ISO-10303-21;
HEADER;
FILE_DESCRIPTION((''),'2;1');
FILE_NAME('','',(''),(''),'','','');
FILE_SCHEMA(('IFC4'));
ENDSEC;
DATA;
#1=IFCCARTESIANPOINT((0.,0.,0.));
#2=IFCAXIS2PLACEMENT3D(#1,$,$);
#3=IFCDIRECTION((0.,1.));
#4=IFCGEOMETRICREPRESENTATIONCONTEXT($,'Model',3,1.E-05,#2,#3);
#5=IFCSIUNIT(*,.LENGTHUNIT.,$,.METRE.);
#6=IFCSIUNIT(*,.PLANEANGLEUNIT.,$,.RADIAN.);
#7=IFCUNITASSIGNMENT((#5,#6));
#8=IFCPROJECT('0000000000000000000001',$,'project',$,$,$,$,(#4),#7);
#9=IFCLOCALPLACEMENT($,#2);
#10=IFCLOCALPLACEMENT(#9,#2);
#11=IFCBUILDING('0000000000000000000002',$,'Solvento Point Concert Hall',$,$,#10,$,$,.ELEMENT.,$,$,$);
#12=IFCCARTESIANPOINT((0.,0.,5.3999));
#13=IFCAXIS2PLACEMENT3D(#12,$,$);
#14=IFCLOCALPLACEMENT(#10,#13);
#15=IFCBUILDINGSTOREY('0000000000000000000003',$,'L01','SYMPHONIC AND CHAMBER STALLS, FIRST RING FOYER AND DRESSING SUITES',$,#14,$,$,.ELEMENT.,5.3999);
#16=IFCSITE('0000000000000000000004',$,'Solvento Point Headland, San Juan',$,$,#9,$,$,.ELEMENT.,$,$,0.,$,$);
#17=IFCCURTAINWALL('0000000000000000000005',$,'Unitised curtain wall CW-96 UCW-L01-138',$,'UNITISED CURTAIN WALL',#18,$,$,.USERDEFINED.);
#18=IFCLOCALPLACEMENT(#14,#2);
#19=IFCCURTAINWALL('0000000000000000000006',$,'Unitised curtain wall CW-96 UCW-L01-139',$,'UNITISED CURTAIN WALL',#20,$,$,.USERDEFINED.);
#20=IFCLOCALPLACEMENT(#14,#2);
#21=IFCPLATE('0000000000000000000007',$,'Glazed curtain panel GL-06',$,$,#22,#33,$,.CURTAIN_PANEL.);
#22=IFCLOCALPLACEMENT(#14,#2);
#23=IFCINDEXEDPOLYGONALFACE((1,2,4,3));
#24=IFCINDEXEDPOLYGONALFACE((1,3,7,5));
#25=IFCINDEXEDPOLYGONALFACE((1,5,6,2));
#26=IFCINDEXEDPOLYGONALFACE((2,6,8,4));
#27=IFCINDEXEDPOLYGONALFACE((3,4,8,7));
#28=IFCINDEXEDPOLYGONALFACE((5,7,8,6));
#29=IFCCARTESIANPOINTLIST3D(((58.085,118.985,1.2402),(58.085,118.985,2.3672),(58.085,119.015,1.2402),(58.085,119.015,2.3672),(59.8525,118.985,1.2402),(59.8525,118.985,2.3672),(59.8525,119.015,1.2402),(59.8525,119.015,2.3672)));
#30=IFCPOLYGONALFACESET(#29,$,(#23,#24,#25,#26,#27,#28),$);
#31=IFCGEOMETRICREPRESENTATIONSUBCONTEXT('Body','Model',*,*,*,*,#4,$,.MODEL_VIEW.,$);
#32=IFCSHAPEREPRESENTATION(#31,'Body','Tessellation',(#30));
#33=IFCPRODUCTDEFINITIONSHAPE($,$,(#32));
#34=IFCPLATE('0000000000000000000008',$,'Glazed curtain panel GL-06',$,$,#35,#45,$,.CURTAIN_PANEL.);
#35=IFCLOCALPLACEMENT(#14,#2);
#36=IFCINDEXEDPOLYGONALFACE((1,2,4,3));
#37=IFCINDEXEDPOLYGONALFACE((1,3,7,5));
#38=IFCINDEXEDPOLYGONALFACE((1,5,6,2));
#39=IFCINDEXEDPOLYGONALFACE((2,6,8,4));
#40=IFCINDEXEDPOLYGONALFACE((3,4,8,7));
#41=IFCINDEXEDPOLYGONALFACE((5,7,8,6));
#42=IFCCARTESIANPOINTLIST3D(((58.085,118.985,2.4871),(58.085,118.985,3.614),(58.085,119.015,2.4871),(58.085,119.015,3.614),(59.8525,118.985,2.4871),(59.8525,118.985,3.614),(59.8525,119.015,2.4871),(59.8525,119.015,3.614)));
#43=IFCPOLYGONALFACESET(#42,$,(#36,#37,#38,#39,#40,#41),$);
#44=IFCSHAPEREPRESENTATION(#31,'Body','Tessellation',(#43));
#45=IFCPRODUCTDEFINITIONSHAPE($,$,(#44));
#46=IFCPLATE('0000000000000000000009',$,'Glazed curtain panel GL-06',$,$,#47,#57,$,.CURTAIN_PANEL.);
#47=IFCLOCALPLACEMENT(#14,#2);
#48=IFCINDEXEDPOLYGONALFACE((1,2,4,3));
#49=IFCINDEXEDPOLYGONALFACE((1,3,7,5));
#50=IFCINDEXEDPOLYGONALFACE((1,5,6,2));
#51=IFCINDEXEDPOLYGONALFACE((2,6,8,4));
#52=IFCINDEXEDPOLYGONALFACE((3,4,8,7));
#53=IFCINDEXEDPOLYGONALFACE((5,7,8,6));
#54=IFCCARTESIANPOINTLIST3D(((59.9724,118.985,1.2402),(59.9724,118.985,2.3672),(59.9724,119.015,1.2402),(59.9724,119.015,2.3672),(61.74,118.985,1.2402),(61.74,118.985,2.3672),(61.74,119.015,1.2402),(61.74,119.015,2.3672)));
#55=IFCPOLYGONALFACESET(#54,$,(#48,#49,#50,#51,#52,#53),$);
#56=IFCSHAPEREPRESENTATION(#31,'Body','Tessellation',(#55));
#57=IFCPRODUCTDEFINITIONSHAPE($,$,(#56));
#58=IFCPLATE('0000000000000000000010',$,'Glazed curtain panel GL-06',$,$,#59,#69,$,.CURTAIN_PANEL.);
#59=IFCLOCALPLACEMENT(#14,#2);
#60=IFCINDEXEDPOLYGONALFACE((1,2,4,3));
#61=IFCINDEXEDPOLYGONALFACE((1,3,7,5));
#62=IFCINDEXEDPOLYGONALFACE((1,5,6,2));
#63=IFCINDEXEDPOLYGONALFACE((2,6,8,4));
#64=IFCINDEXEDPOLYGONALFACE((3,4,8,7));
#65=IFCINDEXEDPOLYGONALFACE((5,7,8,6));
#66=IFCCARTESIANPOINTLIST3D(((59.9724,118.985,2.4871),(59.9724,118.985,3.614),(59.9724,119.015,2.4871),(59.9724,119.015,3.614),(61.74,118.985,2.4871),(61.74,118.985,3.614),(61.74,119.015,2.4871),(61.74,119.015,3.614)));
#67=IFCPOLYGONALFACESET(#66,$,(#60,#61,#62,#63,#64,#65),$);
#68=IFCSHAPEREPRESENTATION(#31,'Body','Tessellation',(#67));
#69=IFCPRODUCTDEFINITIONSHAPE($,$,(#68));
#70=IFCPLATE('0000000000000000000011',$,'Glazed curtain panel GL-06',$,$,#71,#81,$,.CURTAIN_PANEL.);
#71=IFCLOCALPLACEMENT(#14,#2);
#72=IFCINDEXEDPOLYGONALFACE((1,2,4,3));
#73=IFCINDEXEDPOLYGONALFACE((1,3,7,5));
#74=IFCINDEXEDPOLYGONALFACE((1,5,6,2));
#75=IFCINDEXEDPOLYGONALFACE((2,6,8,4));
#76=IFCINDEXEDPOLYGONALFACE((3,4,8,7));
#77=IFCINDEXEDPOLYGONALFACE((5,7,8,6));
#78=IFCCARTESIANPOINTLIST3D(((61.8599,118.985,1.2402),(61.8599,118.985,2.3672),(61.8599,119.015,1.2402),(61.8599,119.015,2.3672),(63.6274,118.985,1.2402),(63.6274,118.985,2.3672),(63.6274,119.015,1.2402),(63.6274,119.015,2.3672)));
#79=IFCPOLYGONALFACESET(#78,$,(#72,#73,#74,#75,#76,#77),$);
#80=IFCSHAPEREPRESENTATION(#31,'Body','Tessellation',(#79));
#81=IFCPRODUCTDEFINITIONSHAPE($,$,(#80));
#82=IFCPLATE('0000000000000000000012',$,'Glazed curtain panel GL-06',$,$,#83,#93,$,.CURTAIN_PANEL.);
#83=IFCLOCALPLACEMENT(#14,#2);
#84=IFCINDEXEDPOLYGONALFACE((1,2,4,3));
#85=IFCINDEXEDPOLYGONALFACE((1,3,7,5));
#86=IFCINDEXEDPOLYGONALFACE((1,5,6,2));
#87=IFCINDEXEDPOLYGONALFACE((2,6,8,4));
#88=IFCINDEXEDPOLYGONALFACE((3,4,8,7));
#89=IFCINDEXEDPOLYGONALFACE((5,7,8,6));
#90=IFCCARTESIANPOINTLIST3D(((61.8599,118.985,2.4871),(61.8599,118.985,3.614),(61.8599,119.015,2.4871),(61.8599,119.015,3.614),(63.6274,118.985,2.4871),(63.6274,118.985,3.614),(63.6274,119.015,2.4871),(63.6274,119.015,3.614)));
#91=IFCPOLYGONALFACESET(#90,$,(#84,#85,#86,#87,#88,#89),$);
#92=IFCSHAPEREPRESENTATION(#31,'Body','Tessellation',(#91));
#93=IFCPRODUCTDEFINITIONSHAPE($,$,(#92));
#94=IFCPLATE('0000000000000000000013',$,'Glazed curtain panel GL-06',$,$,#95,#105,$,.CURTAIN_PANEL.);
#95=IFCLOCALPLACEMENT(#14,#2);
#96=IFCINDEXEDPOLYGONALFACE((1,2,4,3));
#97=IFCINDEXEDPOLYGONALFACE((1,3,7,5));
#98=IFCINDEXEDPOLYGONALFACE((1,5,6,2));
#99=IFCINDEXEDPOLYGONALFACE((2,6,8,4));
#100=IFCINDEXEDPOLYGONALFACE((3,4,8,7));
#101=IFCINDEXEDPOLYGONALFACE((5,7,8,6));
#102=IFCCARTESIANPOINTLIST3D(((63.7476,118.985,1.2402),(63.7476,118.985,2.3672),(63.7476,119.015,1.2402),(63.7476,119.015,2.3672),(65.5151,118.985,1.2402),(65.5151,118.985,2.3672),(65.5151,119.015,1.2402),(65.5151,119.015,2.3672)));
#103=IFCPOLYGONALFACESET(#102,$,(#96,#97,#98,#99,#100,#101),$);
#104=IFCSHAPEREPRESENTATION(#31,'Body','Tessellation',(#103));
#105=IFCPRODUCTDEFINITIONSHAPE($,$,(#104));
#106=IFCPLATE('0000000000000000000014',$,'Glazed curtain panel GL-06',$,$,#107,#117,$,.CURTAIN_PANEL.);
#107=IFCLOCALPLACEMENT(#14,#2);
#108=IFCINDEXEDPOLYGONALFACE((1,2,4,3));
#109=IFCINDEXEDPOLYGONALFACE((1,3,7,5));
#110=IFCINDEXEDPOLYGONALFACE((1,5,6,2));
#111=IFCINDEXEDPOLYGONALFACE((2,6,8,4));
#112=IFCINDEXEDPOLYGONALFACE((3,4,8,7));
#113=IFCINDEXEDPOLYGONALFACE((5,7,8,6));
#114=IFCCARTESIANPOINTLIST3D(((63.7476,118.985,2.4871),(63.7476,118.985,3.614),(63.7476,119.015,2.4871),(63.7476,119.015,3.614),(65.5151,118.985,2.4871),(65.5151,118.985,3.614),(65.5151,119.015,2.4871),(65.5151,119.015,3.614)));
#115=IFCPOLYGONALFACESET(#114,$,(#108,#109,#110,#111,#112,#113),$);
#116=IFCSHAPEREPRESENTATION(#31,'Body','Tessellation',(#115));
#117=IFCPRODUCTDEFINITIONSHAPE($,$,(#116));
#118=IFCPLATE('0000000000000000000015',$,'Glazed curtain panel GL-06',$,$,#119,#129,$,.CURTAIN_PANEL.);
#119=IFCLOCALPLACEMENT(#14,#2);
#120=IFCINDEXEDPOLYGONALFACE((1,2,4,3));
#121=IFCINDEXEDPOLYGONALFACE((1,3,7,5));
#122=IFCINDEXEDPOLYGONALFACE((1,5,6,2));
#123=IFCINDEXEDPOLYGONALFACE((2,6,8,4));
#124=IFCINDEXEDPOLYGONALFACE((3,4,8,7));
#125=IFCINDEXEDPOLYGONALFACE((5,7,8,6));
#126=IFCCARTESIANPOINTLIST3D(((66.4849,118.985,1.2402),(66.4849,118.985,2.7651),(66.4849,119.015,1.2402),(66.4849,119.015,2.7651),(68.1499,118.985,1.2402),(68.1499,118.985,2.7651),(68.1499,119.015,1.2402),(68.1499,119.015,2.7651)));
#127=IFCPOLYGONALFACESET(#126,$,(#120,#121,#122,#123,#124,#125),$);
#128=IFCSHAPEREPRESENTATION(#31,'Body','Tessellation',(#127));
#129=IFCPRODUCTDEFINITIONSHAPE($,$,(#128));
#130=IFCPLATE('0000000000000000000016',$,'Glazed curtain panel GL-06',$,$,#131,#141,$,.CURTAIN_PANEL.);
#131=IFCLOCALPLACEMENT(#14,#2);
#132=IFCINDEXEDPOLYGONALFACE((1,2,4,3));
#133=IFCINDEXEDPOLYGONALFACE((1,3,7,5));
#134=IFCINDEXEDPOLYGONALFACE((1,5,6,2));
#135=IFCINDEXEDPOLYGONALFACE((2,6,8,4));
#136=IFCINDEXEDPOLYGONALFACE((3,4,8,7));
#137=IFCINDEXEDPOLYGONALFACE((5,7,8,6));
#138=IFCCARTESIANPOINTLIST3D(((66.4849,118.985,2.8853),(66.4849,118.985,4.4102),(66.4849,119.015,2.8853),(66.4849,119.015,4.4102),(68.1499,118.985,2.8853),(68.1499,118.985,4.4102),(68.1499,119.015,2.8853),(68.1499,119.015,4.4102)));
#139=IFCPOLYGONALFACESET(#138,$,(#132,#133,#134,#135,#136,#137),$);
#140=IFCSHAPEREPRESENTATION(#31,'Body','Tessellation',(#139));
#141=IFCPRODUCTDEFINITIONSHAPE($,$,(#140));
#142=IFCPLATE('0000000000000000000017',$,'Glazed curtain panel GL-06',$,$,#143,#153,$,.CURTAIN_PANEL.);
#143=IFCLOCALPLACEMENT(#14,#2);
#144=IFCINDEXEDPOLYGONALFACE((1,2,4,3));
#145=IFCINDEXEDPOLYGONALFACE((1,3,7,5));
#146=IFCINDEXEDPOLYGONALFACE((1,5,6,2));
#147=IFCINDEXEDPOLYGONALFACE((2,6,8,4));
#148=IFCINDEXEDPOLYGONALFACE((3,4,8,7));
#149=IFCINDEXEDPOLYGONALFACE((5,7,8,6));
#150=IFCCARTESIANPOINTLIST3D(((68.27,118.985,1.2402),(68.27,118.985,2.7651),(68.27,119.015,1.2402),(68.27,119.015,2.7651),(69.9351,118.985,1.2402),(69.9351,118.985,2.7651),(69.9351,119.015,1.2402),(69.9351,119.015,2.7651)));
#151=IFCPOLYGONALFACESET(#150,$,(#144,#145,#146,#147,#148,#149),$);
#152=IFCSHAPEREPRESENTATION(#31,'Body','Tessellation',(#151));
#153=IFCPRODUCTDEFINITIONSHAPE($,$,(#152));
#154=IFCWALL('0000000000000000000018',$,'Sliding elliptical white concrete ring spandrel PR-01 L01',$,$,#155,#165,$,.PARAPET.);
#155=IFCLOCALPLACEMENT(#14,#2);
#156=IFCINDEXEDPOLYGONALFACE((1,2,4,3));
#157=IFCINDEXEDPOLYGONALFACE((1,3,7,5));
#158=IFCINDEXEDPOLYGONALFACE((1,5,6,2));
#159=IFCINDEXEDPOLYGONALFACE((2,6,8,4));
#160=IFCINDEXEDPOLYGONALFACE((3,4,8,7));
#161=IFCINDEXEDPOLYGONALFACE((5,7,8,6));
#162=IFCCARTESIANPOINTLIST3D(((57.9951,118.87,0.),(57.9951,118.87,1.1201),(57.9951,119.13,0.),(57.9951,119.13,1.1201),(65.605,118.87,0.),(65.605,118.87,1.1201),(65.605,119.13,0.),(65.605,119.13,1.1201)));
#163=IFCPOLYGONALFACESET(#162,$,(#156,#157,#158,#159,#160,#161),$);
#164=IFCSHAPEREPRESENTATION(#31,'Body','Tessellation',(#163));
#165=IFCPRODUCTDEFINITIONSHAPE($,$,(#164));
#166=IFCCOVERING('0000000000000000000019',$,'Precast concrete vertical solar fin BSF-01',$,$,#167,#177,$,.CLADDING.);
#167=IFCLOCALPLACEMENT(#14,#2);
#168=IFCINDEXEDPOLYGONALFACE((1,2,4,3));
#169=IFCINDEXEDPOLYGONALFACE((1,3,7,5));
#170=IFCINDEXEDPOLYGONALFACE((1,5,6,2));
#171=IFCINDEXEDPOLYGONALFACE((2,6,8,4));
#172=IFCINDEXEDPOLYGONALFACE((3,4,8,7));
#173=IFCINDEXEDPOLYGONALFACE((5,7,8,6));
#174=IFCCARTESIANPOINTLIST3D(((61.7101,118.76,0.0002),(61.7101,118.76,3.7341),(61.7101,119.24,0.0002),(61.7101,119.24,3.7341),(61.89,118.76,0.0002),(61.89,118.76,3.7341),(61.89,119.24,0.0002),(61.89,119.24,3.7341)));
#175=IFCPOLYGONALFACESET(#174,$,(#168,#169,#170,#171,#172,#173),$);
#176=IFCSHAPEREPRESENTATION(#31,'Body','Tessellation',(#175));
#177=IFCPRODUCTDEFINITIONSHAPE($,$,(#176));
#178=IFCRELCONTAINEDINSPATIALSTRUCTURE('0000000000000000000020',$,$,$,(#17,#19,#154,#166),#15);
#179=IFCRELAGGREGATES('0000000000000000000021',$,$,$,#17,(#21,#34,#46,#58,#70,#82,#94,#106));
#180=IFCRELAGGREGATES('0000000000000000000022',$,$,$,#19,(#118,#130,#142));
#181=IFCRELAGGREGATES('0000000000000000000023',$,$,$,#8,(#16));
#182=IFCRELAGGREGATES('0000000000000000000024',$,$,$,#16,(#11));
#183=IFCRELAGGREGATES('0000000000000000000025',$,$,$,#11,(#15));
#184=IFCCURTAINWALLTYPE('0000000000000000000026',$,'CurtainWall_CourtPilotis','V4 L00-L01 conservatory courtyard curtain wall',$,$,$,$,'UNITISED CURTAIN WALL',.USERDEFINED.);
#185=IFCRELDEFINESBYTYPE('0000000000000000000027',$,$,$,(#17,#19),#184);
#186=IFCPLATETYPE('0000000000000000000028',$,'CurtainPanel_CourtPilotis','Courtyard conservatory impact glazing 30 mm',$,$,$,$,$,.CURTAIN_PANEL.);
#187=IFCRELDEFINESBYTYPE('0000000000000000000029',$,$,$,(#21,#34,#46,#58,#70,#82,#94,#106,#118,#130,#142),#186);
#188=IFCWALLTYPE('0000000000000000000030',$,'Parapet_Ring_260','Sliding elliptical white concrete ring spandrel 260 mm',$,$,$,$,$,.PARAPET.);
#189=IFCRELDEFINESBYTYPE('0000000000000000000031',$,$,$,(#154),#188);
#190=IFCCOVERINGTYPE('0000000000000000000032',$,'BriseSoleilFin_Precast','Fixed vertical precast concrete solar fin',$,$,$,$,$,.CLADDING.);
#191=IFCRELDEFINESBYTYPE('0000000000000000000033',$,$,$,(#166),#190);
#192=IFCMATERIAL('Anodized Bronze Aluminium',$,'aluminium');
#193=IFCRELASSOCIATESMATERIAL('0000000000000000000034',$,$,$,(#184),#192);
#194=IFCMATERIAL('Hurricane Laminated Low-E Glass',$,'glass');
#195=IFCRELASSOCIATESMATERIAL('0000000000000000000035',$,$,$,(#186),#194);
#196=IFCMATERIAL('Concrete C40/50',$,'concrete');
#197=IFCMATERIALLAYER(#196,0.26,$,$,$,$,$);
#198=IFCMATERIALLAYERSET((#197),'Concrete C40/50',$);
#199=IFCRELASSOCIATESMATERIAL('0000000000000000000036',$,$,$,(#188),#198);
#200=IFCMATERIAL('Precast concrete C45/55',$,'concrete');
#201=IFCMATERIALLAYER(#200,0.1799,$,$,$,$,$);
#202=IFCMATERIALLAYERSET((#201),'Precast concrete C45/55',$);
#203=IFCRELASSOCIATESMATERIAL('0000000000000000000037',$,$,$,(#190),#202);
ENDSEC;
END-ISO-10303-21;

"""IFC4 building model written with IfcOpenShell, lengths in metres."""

from ifc_helpers import new_model, si_unit, direction, frame, frame_2d, origin, origin_2d, place, context, subcontext, project, spatial, rectangle, extrude, material, layer, layer_set, type_object, element, aggregate, save


model = new_model("IFC4")

# Units and contexts
model_context = context("Model", 3, precision=1e-05, world=origin(), true_north=direction((0.0, 1.0)))
body_context = subcontext(model_context, "Body", "Model", "MODEL_VIEW")
ifc_project = project(units=[si_unit("LENGTHUNIT", "METRE"), si_unit("PLANEANGLEUNIT", "RADIAN")], contexts=[model_context])

# Site, building, storey
site_placement = place(None, origin())
site = spatial("IfcSite", under=ifc_project, at=site_placement, Name="Solvento Point Headland, San Juan", CompositionType="ELEMENT", RefElevation=0.0)
building_placement = place(site_placement, origin())
building = spatial("IfcBuilding", under=site, at=building_placement, Name="Solvento Point Concert Hall", CompositionType="ELEMENT")
storey_placement = place(building_placement, frame((0.0, 0.0, 5.3999)))
storey = spatial("IfcBuildingStorey", under=building, at=storey_placement, Name="L01", Description="SYMPHONIC AND CHAMBER STALLS, FIRST RING FOYER AND DRESSING SUITES", CompositionType="ELEMENT", Elevation=5.3999)

# Curtain walls
ifc_material_1 = material(Name="Anodized Bronze Aluminium", Category="aluminium")
curtain_wall_type = type_object("IfcCurtainWallType", Name="CurtainWall_CourtPilotis", Description="V4 L00-L01 conservatory courtyard curtain wall", ElementType="UNITISED CURTAIN WALL", PredefinedType="USERDEFINED", material=ifc_material_1)
curtain_wall_1_placement = place(storey_placement, origin())
curtain_wall_1 = element("IfcCurtainWall", 1, at=curtain_wall_1_placement, inside=storey, type_object=curtain_wall_type, Name="Unitised curtain wall CW-96 UCW-L01-138", ObjectType="UNITISED CURTAIN WALL", PredefinedType="USERDEFINED")
curtain_wall_2_placement = place(storey_placement, origin())
curtain_wall_2 = element("IfcCurtainWall", 2, at=curtain_wall_2_placement, inside=storey, type_object=curtain_wall_type, Name="Unitised curtain wall CW-96 UCW-L01-139", ObjectType="UNITISED CURTAIN WALL", PredefinedType="USERDEFINED")

# Plates
ifc_material_2 = material(Name="Hurricane Laminated Low-E Glass", Category="glass")
plate_type = type_object("IfcPlateType", Name="CurtainPanel_CourtPilotis", Description="Courtyard conservatory impact glazing 30 mm", PredefinedType="CURTAIN_PANEL", material=ifc_material_2)
plate_1_placement = place(storey_placement, frame((58.9688, 119.0, 1.2402), z_axis=(0.0, 0.0, 1.0), x_axis=(1.0, 0.0, 0.0)))
plate_1 = element("IfcPlate", 3, at=plate_1_placement, type_object=plate_type, Name="Glazed curtain panel GL-06", PredefinedType="CURTAIN_PANEL", context=body_context, shape_type="SweptSolid", body=[
    extrude(rectangle(XDim=1.7676, YDim=0.03, at=origin_2d()), origin(), (0.0, 0.0, 1.0), 1.127),
])
plate_2_placement = place(storey_placement, frame((58.9688, 119.0, 2.4871), z_axis=(0.0, 0.0, 1.0), x_axis=(1.0, 0.0, 0.0)))
plate_2 = element("IfcPlate", 4, at=plate_2_placement, type_object=plate_type, Name="Glazed curtain panel GL-06", PredefinedType="CURTAIN_PANEL", context=body_context, shape_type="SweptSolid", body=[
    extrude(rectangle(XDim=1.7676, YDim=0.03, at=origin_2d()), origin(), (0.0, 0.0, 1.0), 1.127),
])
plate_3_placement = place(storey_placement, frame((60.8562, 119.0, 1.2402), z_axis=(0.0, 0.0, 1.0), x_axis=(1.0, 0.0, 0.0)))
plate_3 = element("IfcPlate", 5, at=plate_3_placement, type_object=plate_type, Name="Glazed curtain panel GL-06", PredefinedType="CURTAIN_PANEL", context=body_context, shape_type="SweptSolid", body=[
    extrude(rectangle(XDim=1.7676, YDim=0.03, at=origin_2d()), origin(), (0.0, 0.0, 1.0), 1.127),
])
plate_4_placement = place(storey_placement, frame((60.8562, 119.0, 2.4871), z_axis=(0.0, 0.0, 1.0), x_axis=(1.0, 0.0, 0.0)))
plate_4 = element("IfcPlate", 6, at=plate_4_placement, type_object=plate_type, Name="Glazed curtain panel GL-06", PredefinedType="CURTAIN_PANEL", context=body_context, shape_type="SweptSolid", body=[
    extrude(rectangle(XDim=1.7676, YDim=0.03, at=origin_2d()), origin(), (0.0, 0.0, 1.0), 1.127),
])
plate_5_placement = place(storey_placement, frame((62.7437, 119.0, 1.2402), z_axis=(0.0, 0.0, 1.0), x_axis=(1.0, 0.0, 0.0)))
plate_5 = element("IfcPlate", 7, at=plate_5_placement, type_object=plate_type, Name="Glazed curtain panel GL-06", PredefinedType="CURTAIN_PANEL", context=body_context, shape_type="SweptSolid", body=[
    extrude(rectangle(XDim=1.7676, YDim=0.03, at=origin_2d()), origin(), (0.0, 0.0, 1.0), 1.127),
])
plate_6_placement = place(storey_placement, frame((62.7437, 119.0, 2.4871), z_axis=(0.0, 0.0, 1.0), x_axis=(1.0, 0.0, 0.0)))
plate_6 = element("IfcPlate", 8, at=plate_6_placement, type_object=plate_type, Name="Glazed curtain panel GL-06", PredefinedType="CURTAIN_PANEL", context=body_context, shape_type="SweptSolid", body=[
    extrude(rectangle(XDim=1.7676, YDim=0.03, at=origin_2d()), origin(), (0.0, 0.0, 1.0), 1.127),
])
plate_7_placement = place(storey_placement, frame((64.6313, 119.0, 1.2402), z_axis=(0.0, 0.0, 1.0), x_axis=(1.0, 0.0, 0.0)))
plate_7 = element("IfcPlate", 9, at=plate_7_placement, type_object=plate_type, Name="Glazed curtain panel GL-06", PredefinedType="CURTAIN_PANEL", context=body_context, shape_type="SweptSolid", body=[
    extrude(rectangle(XDim=1.7676, YDim=0.03, at=origin_2d()), origin(), (0.0, 0.0, 1.0), 1.127),
])
plate_8_placement = place(storey_placement, frame((64.6313, 119.0, 2.4871), z_axis=(0.0, 0.0, 1.0), x_axis=(1.0, 0.0, 0.0)))
plate_8 = element("IfcPlate", 10, at=plate_8_placement, type_object=plate_type, Name="Glazed curtain panel GL-06", PredefinedType="CURTAIN_PANEL", context=body_context, shape_type="SweptSolid", body=[
    extrude(rectangle(XDim=1.7676, YDim=0.03, at=origin_2d()), origin(), (0.0, 0.0, 1.0), 1.127),
])
aggregate(curtain_wall_1, [plate_1, plate_2, plate_3, plate_4, plate_5, plate_6, plate_7, plate_8])
plate_9_placement = place(storey_placement, frame((67.3174, 119.0, 1.2402), z_axis=(0.0, 0.0, 1.0), x_axis=(1.0, 0.0, 0.0)))
plate_9 = element("IfcPlate", 11, at=plate_9_placement, type_object=plate_type, Name="Glazed curtain panel GL-06", PredefinedType="CURTAIN_PANEL", context=body_context, shape_type="SweptSolid", body=[
    extrude(rectangle(XDim=1.665, YDim=0.03, at=origin_2d()), origin(), (0.0, 0.0, 1.0), 1.5249),
])
plate_10_placement = place(storey_placement, frame((67.3174, 119.0, 2.8853), z_axis=(0.0, 0.0, 1.0), x_axis=(1.0, 0.0, 0.0)))
plate_10 = element("IfcPlate", 12, at=plate_10_placement, type_object=plate_type, Name="Glazed curtain panel GL-06", PredefinedType="CURTAIN_PANEL", context=body_context, shape_type="SweptSolid", body=[
    extrude(rectangle(XDim=1.665, YDim=0.03, at=origin_2d()), origin(), (0.0, 0.0, 1.0), 1.5249),
])
plate_11_placement = place(storey_placement, frame((69.1025, 119.0, 1.2402), z_axis=(0.0, 0.0, 1.0), x_axis=(1.0, 0.0, 0.0)))
plate_11 = element("IfcPlate", 13, at=plate_11_placement, type_object=plate_type, Name="Glazed curtain panel GL-06", PredefinedType="CURTAIN_PANEL", context=body_context, shape_type="SweptSolid", body=[
    extrude(rectangle(XDim=1.665, YDim=0.03, at=origin_2d()), origin(), (0.0, 0.0, 1.0), 1.5249),
])
aggregate(curtain_wall_2, [plate_9, plate_10, plate_11])

# Wall
ifc_material_3 = material(Name="Concrete C40/50", Category="concrete")
ifc_layer_1 = layer(ifc_material_3, 0.26)
ifc_layer_set_1 = layer_set([ifc_layer_1], Name="Concrete C40/50")
wall_type = type_object("IfcWallType", Name="Parapet_Ring_260", Description="Sliding elliptical white concrete ring spandrel 260 mm", PredefinedType="PARAPET", material=ifc_layer_set_1)
wall_placement = place(storey_placement, frame((65.605, 119.0, 0.0), z_axis=(0.0, 0.0, 1.0), x_axis=(-1.0, 0.0, 0.0)))
element("IfcWall", 14, at=wall_placement, inside=storey, type_object=wall_type, Name="Sliding elliptical white concrete ring spandrel PR-01 L01", PredefinedType="PARAPET", context=body_context, shape_type="SweptSolid", body=[
    extrude(rectangle(XDim=7.6099, YDim=0.26, at=frame_2d((3.8049, 0.0))), origin(), (0.0, 0.0, 1.0), 1.1201),
])

# Covering
ifc_material_4 = material(Name="Precast concrete C45/55", Category="concrete")
ifc_layer_2 = layer(ifc_material_4, 0.1799)
ifc_layer_set_2 = layer_set([ifc_layer_2], Name="Precast concrete C45/55")
covering_type = type_object("IfcCoveringType", Name="BriseSoleilFin_Precast", Description="Fixed vertical precast concrete solar fin", PredefinedType="CLADDING", material=ifc_layer_set_2)
covering_placement = place(storey_placement, frame((61.8, 119.0, 0.0002), z_axis=(0.0, 0.0, 1.0), x_axis=(1.0, 0.0, 0.0)))
element("IfcCovering", 15, at=covering_placement, inside=storey, type_object=covering_type, Name="Precast concrete vertical solar fin BSF-01", PredefinedType="CLADDING", context=body_context, shape_type="SweptSolid", body=[
    extrude(rectangle(XDim=0.1799, YDim=0.48, at=origin_2d()), origin(), (0.0, 0.0, 1.0), 3.7339),
])

save(model, "model.ifc")
